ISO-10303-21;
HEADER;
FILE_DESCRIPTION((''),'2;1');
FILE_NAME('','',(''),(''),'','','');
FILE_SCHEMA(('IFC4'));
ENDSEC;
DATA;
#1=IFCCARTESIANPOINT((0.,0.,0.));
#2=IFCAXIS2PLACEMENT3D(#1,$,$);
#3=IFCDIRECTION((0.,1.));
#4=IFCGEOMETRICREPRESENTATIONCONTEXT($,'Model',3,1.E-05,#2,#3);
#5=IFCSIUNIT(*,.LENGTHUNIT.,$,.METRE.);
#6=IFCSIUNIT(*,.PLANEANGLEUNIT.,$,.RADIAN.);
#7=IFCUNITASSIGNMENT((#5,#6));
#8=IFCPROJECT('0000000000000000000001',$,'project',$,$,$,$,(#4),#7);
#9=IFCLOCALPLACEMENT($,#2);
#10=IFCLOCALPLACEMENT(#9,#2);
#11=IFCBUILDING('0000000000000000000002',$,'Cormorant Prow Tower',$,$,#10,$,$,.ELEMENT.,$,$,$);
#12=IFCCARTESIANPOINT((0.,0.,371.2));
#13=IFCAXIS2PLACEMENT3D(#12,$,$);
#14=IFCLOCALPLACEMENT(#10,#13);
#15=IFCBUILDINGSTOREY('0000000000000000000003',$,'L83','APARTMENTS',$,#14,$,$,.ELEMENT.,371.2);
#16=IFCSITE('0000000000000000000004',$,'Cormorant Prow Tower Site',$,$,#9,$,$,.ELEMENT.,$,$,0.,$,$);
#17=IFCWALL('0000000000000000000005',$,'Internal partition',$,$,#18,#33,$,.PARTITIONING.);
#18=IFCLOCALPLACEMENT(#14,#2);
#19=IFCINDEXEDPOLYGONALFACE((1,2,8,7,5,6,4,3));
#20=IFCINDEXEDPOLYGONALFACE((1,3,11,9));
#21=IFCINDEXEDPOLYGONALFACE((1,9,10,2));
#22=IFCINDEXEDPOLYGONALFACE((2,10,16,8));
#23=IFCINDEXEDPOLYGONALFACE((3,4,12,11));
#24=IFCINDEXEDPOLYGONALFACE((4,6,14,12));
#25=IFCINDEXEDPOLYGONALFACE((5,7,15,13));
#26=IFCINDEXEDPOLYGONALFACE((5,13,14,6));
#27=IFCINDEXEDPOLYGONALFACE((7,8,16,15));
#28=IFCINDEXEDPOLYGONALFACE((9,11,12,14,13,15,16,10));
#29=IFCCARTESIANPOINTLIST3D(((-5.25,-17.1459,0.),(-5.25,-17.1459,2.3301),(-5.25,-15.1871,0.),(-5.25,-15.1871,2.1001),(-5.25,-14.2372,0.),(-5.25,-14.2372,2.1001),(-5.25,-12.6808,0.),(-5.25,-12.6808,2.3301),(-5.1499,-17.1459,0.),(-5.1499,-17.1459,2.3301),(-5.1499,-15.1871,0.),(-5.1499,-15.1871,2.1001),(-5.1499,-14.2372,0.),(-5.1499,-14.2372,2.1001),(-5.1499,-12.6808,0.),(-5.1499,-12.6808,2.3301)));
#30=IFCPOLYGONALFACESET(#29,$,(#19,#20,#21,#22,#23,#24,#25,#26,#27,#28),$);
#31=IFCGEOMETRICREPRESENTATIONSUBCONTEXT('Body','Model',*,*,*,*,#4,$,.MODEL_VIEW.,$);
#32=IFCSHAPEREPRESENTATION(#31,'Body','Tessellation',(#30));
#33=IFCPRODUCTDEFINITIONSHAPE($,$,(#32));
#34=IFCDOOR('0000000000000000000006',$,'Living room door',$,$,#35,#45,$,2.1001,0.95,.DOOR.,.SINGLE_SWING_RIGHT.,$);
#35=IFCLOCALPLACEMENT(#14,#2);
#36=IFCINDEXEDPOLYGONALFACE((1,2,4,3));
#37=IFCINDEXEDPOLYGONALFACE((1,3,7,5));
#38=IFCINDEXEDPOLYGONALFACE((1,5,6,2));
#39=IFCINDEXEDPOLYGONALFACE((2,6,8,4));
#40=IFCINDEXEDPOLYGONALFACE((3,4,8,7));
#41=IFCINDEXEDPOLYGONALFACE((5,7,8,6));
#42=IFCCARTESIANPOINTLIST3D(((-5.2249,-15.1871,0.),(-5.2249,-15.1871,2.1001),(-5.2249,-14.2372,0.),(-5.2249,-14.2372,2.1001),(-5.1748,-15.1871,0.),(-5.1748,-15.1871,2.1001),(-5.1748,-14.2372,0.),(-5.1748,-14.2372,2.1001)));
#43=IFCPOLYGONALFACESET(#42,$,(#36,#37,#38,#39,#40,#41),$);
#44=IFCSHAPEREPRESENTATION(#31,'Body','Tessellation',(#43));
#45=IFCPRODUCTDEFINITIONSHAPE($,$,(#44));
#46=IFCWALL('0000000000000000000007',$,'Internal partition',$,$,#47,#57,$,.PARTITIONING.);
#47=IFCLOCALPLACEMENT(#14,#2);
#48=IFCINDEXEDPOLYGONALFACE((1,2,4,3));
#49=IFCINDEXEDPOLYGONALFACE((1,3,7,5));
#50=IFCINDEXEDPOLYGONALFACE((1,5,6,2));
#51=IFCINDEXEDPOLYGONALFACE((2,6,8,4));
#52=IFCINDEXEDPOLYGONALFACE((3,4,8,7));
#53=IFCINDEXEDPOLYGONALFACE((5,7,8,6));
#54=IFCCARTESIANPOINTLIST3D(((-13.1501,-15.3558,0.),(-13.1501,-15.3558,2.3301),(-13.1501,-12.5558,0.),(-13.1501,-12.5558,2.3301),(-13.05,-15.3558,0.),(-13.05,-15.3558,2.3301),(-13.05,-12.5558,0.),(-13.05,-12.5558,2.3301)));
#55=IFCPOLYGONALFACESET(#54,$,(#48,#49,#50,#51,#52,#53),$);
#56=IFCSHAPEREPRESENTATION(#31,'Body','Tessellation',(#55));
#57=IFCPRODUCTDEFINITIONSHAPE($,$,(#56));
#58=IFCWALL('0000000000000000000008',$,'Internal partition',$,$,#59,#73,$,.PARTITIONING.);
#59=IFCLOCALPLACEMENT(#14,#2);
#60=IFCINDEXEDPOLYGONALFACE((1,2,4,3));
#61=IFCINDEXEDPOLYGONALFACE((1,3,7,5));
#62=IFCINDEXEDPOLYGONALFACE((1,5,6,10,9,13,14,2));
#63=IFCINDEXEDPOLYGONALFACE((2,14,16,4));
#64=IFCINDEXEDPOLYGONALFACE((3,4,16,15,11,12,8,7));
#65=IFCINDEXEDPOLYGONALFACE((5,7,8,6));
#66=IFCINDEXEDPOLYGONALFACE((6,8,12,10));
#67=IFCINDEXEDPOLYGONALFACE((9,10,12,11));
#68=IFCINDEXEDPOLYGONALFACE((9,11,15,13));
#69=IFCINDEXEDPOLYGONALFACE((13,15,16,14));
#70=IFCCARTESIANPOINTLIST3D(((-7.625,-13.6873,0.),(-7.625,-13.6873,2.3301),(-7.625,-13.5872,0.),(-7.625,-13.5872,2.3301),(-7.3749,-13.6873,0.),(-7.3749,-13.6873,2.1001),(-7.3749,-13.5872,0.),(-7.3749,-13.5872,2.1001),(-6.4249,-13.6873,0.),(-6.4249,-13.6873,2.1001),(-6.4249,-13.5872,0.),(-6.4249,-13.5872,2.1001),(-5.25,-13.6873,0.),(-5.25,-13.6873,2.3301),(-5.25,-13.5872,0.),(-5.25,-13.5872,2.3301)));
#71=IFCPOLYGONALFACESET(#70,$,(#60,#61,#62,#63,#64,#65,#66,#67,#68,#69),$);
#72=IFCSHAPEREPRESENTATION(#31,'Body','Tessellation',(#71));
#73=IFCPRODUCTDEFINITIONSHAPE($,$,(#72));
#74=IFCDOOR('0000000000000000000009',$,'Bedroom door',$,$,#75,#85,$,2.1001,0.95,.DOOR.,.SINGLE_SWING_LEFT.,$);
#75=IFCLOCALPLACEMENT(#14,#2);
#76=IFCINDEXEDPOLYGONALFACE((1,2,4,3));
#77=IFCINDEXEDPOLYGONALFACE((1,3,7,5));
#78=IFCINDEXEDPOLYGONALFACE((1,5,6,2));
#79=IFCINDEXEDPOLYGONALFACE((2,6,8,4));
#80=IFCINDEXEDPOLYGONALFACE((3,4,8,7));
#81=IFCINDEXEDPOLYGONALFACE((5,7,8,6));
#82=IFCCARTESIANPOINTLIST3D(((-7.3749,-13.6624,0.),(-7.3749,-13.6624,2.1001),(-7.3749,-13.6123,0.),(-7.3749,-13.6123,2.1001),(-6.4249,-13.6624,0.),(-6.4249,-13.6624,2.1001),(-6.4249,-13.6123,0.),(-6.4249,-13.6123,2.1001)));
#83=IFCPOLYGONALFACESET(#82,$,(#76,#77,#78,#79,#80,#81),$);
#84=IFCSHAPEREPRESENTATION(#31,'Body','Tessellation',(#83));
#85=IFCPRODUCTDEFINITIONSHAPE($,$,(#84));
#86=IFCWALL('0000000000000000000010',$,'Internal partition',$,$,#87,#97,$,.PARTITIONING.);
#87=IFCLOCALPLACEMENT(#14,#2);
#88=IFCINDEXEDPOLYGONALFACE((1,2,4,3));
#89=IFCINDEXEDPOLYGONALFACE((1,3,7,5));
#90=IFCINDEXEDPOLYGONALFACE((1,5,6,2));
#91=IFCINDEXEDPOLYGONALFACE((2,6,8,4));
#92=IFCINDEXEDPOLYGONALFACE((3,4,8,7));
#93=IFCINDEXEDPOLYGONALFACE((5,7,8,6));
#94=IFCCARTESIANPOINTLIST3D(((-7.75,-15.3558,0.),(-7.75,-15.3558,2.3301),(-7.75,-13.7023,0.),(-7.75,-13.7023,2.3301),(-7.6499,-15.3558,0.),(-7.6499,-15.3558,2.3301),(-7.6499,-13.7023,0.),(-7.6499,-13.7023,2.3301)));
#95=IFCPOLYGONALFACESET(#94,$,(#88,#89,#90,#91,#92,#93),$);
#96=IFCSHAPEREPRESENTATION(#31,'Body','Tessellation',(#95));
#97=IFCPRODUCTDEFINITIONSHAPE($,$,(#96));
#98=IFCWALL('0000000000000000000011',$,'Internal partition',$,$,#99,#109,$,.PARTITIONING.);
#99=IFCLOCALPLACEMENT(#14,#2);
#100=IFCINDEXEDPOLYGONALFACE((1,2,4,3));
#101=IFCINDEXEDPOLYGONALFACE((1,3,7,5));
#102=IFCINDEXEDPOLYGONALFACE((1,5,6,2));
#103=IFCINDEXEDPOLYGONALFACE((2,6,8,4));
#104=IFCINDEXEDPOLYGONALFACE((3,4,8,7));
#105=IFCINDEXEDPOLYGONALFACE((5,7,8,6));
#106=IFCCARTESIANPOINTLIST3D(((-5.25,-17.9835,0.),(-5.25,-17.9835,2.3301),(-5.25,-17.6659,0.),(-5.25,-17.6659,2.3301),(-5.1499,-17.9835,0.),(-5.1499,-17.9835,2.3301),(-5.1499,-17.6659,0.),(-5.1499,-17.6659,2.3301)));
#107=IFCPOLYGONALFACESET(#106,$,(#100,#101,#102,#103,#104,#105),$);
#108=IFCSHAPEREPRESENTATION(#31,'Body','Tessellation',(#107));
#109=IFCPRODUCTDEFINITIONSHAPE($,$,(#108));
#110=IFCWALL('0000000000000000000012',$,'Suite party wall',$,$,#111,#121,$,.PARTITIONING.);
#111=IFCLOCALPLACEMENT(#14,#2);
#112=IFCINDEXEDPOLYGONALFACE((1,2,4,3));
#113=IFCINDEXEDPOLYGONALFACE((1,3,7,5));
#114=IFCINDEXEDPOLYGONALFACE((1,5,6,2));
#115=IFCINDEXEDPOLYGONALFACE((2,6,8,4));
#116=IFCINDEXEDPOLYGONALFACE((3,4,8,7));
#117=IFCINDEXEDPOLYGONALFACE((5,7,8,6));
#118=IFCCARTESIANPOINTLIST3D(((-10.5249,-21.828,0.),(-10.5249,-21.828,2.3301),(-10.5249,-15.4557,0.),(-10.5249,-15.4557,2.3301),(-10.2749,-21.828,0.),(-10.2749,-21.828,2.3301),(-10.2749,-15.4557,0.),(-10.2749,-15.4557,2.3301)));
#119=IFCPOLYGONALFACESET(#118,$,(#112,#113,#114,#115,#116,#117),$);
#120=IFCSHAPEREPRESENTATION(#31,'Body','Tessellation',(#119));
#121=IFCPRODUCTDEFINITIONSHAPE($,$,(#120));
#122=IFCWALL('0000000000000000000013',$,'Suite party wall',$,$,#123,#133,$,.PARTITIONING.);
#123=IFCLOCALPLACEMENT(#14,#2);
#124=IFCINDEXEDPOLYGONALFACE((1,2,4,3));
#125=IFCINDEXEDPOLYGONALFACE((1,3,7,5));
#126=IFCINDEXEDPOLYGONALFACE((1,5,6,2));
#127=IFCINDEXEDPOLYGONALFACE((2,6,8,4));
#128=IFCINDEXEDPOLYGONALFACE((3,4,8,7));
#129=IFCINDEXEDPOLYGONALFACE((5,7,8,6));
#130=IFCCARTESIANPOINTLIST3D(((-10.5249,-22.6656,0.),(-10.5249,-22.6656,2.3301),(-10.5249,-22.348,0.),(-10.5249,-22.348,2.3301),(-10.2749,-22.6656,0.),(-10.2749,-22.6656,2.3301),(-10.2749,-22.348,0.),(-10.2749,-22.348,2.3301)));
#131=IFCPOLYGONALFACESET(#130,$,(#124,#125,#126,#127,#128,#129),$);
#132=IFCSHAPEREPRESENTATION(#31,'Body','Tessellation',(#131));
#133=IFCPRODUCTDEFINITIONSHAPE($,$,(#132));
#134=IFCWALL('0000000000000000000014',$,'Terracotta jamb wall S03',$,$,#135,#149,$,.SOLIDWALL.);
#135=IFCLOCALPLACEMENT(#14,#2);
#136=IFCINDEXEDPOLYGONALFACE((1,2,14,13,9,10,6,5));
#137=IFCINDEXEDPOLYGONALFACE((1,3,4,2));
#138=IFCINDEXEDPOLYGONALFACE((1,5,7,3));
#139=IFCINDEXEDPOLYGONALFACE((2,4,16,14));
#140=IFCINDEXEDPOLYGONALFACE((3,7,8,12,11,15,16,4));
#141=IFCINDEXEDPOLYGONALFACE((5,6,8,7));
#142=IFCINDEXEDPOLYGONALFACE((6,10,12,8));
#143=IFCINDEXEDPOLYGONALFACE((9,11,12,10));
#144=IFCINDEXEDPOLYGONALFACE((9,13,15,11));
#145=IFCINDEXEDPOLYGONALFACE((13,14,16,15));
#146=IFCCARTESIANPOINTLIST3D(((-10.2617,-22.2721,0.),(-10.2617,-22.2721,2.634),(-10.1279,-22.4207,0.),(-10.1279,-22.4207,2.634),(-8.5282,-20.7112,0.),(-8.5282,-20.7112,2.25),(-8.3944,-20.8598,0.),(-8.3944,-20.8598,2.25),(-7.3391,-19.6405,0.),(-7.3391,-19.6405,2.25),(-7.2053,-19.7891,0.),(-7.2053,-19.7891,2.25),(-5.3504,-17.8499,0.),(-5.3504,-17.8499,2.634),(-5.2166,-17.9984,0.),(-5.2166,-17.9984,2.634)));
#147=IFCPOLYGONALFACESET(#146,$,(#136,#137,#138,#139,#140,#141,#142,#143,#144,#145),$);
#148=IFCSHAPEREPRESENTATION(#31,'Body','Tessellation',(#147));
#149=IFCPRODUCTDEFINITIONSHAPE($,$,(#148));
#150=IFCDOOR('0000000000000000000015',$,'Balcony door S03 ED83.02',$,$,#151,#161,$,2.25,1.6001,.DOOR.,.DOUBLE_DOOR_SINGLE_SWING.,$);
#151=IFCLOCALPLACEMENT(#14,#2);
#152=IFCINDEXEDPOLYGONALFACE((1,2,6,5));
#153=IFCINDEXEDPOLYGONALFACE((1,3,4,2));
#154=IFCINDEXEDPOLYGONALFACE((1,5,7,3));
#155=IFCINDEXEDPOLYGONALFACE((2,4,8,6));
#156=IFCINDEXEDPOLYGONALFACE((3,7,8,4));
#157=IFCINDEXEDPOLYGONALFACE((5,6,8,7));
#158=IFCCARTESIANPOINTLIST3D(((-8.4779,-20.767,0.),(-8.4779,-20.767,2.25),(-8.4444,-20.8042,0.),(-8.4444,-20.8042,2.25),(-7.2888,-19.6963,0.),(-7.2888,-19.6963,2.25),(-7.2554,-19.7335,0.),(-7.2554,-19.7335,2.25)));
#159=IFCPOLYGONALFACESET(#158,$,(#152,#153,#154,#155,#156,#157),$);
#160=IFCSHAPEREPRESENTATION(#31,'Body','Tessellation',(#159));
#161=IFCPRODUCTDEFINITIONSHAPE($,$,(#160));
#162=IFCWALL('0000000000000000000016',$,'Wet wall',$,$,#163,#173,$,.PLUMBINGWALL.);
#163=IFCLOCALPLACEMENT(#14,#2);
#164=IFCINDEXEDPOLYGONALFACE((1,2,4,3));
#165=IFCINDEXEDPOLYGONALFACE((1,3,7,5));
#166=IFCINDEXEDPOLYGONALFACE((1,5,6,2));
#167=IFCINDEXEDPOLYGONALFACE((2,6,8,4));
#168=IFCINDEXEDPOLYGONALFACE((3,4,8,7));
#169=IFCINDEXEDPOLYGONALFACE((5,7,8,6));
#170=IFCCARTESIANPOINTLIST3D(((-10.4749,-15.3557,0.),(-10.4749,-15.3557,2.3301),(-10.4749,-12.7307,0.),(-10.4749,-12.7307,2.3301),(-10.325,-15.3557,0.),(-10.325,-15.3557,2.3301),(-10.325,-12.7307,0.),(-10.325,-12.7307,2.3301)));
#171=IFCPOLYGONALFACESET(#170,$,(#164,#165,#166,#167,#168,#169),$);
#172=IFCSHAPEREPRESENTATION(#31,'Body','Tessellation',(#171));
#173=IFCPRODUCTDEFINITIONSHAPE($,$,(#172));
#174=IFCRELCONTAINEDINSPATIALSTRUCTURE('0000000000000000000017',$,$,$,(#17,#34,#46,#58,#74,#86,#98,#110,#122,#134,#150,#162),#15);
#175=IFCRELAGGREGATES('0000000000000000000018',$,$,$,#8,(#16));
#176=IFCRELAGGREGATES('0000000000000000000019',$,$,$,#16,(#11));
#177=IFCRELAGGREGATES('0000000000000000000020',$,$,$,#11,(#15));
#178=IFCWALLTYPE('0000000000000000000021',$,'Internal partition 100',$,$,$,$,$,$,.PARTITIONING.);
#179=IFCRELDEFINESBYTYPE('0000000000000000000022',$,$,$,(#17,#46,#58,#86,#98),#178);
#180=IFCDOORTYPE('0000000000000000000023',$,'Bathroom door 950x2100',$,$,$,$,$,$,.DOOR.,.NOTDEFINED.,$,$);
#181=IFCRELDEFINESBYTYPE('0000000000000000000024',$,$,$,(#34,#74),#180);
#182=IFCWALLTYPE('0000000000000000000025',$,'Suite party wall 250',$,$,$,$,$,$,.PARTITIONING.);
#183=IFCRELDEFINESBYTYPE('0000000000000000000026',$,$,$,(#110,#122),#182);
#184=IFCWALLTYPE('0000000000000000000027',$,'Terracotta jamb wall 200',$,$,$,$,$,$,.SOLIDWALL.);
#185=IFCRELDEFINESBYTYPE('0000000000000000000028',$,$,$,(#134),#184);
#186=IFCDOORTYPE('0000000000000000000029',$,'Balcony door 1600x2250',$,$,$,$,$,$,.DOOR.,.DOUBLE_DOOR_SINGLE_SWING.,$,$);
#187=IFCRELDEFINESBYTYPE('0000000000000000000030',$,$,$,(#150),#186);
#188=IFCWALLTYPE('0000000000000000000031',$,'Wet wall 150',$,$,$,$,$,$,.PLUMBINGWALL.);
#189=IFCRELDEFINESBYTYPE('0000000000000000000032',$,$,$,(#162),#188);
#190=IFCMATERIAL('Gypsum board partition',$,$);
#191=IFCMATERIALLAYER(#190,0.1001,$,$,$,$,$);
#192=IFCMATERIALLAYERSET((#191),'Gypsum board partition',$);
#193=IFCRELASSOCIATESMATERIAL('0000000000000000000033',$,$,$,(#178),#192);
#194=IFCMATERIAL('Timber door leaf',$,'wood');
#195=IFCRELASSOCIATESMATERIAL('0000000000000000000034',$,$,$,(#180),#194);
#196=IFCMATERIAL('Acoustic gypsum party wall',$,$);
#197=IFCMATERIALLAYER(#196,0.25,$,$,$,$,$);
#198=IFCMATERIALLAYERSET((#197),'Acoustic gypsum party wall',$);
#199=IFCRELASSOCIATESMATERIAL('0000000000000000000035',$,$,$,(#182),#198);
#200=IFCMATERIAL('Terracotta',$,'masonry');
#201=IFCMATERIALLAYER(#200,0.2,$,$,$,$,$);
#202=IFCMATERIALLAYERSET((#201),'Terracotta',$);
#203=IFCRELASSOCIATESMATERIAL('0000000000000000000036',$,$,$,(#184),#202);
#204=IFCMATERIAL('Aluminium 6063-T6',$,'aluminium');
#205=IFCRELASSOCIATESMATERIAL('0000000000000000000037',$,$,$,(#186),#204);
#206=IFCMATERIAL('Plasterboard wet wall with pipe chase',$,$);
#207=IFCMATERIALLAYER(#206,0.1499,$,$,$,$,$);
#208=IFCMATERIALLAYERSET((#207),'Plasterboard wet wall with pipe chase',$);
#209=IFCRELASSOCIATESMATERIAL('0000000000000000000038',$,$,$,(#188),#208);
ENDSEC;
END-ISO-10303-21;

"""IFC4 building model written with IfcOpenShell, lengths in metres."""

from ifc_helpers import new_model, si_unit, direction, frame, frame_2d, origin, place, context, subcontext, project, spatial, rectangle, extrude, material, layer, layer_set, type_object, element, fill, save


model = new_model("IFC4")

# Units and contexts
model_context = context("Model", 3, precision=1e-05, world=origin(), true_north=direction((0.0, 1.0)))
body_context = subcontext(model_context, "Body", "Model", "MODEL_VIEW")
ifc_project = project(units=[si_unit("LENGTHUNIT", "METRE"), si_unit("PLANEANGLEUNIT", "RADIAN")], contexts=[model_context])

# Site, building, storey
site_placement = place(None, origin())
site = spatial("IfcSite", under=ifc_project, at=site_placement, Name="Cormorant Prow Tower Site", CompositionType="ELEMENT", RefElevation=0.0)
building_placement = place(site_placement, origin())
building = spatial("IfcBuilding", under=site, at=building_placement, Name="Cormorant Prow Tower", CompositionType="ELEMENT")
storey_placement = place(building_placement, frame((0.0, 0.0, 371.2)))
storey = spatial("IfcBuildingStorey", under=building, at=storey_placement, Name="L83", Description="APARTMENTS", CompositionType="ELEMENT", Elevation=371.2)

# Wall, opening, door
ifc_material_1 = material(Name="Gypsum board partition")
ifc_layer_1 = layer(ifc_material_1, 0.1001)
ifc_layer_set_1 = layer_set([ifc_layer_1], Name="Gypsum board partition")
wall_type_1 = type_object("IfcWallType", Name="Internal partition 100", PredefinedType="PARTITIONING", material=ifc_layer_set_1)
ifc_material_2 = material(Name="Timber door leaf", Category="wood")
door_type_1 = type_object("IfcDoorType", Name="Bathroom door 950x2100", OperationType="NOTDEFINED", PredefinedType="DOOR", material=ifc_material_2)
wall_1_placement = place(storey_placement, frame((-5.2, -17.1458, 0.0), z_axis=(0.0, 0.0, 1.0), x_axis=(0.0, 1.0, 0.0)))
wall_1 = element("IfcWall", 1, at=wall_1_placement, inside=storey, type_object=wall_type_1, Name="Internal partition", PredefinedType="PARTITIONING", context=body_context, shape_type="SweptSolid", body=[
    extrude(rectangle(XDim=4.4651, YDim=0.1001, at=frame_2d((2.2324, 0.0))), origin(), (0.0, 0.0, 1.0), 2.3301),
])
opening_1_placement = place(wall_1_placement, frame((1.9585, 0.0, 0.0)))
opening_1 = element("IfcOpeningElement", 2, at=opening_1_placement, cuts=wall_1, PredefinedType="OPENING", context=body_context, shape_type="SweptSolid", body=[
    extrude(rectangle(XDim=0.95, YDim=2.1001, at=frame_2d((0.4751, 1.05))), frame((0.0, 0.0601, 0.0), z_axis=(0.0, -1.0, 0.0), x_axis=(1.0, 0.0, 0.0)), (0.0, 0.0, 1.0), 0.1201),
])
door_1_placement = place(opening_1_placement, origin())
door_1 = element("IfcDoor", 3, at=door_1_placement, inside=storey, type_object=door_type_1, Name="Living room door", OperationType="SINGLE_SWING_RIGHT", OverallHeight=2.1001, OverallWidth=0.95, PredefinedType="DOOR", context=body_context, shape_type="SweptSolid", body=[
    extrude(rectangle(XDim=0.95, YDim=2.1001, at=frame_2d((0.4751, 1.05))), frame((0.0, 0.0249, 0.0), z_axis=(0.0, -1.0, 0.0), x_axis=(1.0, 0.0, 0.0)), (0.0, 0.0, 1.0), 0.05),
])
fill(opening_1, door_1)

# Wall
wall_2_placement = place(storey_placement, frame((-13.1001, -15.3557, 0.0), z_axis=(0.0, 0.0, 1.0), x_axis=(0.0, 1.0, 0.0)))
element("IfcWall", 4, at=wall_2_placement, inside=storey, type_object=wall_type_1, Name="Internal partition", PredefinedType="PARTITIONING", context=body_context, shape_type="SweptSolid", body=[
    extrude(rectangle(XDim=2.8, YDim=0.1001, at=frame_2d((1.3999, 0.0))), origin(), (0.0, 0.0, 1.0), 2.3301),
])

# Wall, opening, door
wall_3_placement = place(storey_placement, frame((-7.625, -13.6372, 0.0), z_axis=(0.0, 0.0, 1.0), x_axis=(1.0, 0.0, 0.0)))
wall_3 = element("IfcWall", 5, at=wall_3_placement, inside=storey, type_object=wall_type_1, Name="Internal partition", PredefinedType="PARTITIONING", context=body_context, shape_type="SweptSolid", body=[
    extrude(rectangle(XDim=2.375, YDim=0.1001, at=frame_2d((1.1875, 0.0))), origin(), (0.0, 0.0, 1.0), 2.3301),
])
opening_2_placement = place(wall_3_placement, frame((0.25, 0.0, 0.0)))
opening_2 = element("IfcOpeningElement", 6, at=opening_2_placement, cuts=wall_3, PredefinedType="OPENING", context=body_context, shape_type="SweptSolid", body=[
    extrude(rectangle(XDim=0.95, YDim=2.1001, at=frame_2d((0.4751, 1.05))), frame((0.0, 0.0601, 0.0), z_axis=(0.0, -1.0, 0.0), x_axis=(1.0, 0.0, 0.0)), (0.0, 0.0, 1.0), 0.1201),
])
door_2_placement = place(opening_2_placement, origin())
door_2 = element("IfcDoor", 7, at=door_2_placement, inside=storey, type_object=door_type_1, Name="Bedroom door", OperationType="SINGLE_SWING_LEFT", OverallHeight=2.1001, OverallWidth=0.95, PredefinedType="DOOR", context=body_context, shape_type="SweptSolid", body=[
    extrude(rectangle(XDim=0.95, YDim=2.1001, at=frame_2d((0.4751, 1.05))), frame((0.0, 0.0249, 0.0), z_axis=(0.0, -1.0, 0.0), x_axis=(1.0, 0.0, 0.0)), (0.0, 0.0, 1.0), 0.05),
])
fill(opening_2, door_2)

# Walls
wall_4_placement = place(storey_placement, frame((-7.7, -15.3557, 0.0), z_axis=(0.0, 0.0, 1.0), x_axis=(0.0, 1.0, 0.0)))
element("IfcWall", 8, at=wall_4_placement, inside=storey, type_object=wall_type_1, Name="Internal partition", PredefinedType="PARTITIONING", context=body_context, shape_type="SweptSolid", body=[
    extrude(rectangle(XDim=1.6536, YDim=0.1001, at=frame_2d((0.8267, 0.0))), origin(), (0.0, 0.0, 1.0), 2.3301),
])
wall_5_placement = place(storey_placement, frame((-5.2, -17.9834, 0.0), z_axis=(0.0, 0.0, 1.0), x_axis=(0.0, 1.0, 0.0)))
element("IfcWall", 9, at=wall_5_placement, inside=storey, type_object=wall_type_1, Name="Internal partition", PredefinedType="PARTITIONING", context=body_context, shape_type="SweptSolid", body=[
    extrude(rectangle(XDim=0.3176, YDim=0.1001, at=frame_2d((0.1587, 0.0))), origin(), (0.0, 0.0, 1.0), 2.3301),
])
ifc_material_3 = material(Name="Acoustic gypsum party wall")
ifc_layer_2 = layer(ifc_material_3, 0.25)
ifc_layer_set_2 = layer_set([ifc_layer_2], Name="Acoustic gypsum party wall")
wall_type_2 = type_object("IfcWallType", Name="Suite party wall 250", PredefinedType="PARTITIONING", material=ifc_layer_set_2)
wall_6_placement = place(storey_placement, frame((-10.3999, -21.8279, 0.0), z_axis=(0.0, 0.0, 1.0), x_axis=(0.0, 1.0, 0.0)))
element("IfcWall", 10, at=wall_6_placement, inside=storey, type_object=wall_type_2, Name="Suite party wall", PredefinedType="PARTITIONING", context=body_context, shape_type="SweptSolid", body=[
    extrude(rectangle(XDim=6.3723, YDim=0.25, at=frame_2d((3.186, 0.0))), origin(), (0.0, 0.0, 1.0), 2.3301),
])
wall_7_placement = place(storey_placement, frame((-10.3999, -22.6655, 0.0), z_axis=(0.0, 0.0, 1.0), x_axis=(0.0, 1.0, 0.0)))
element("IfcWall", 11, at=wall_7_placement, inside=storey, type_object=wall_type_2, Name="Suite party wall", PredefinedType="PARTITIONING", context=body_context, shape_type="SweptSolid", body=[
    extrude(rectangle(XDim=0.3176, YDim=0.25, at=frame_2d((0.1587, 0.0))), origin(), (0.0, 0.0, 1.0), 2.3301),
])

# Wall, opening, door
ifc_material_4 = material(Name="Terracotta", Category="masonry")
ifc_layer_3 = layer(ifc_material_4, 0.2)
ifc_layer_set_3 = layer_set([ifc_layer_3], Name="Terracotta")
wall_type_3 = type_object("IfcWallType", Name="Terracotta jamb wall 200", PredefinedType="SOLIDWALL", material=ifc_layer_set_3)
wall_8_placement = place(storey_placement, frame((-10.1948, -22.3464, 0.0), z_axis=(0.0, 0.0, 1.0), x_axis=(0.743134, 0.669142, 0.0)))
wall_8 = element("IfcWall", 12, at=wall_8_placement, inside=storey, type_object=wall_type_3, Name="Terracotta jamb wall S03", PredefinedType="SOLIDWALL", context=body_context, shape_type="SweptSolid", body=[
    extrude(rectangle(XDim=6.6089, YDim=0.2, at=frame_2d((3.3044, 0.0))), origin(), (0.0, 0.0, 1.0), 2.634),
])
opening_3_placement = place(wall_8_placement, frame((2.3328, 0.0, 0.0)))
opening_3 = element("IfcOpeningElement", 13, at=opening_3_placement, cuts=wall_8, PredefinedType="OPENING", context=body_context, shape_type="SweptSolid", body=[
    extrude(rectangle(XDim=1.6001, YDim=2.25, at=frame_2d((0.8, 1.125))), frame((0.0, 0.1099, 0.0), z_axis=(0.0, -1.0, 0.0), x_axis=(1.0, 0.0, 0.0)), (0.0, 0.0, 1.0), 0.22),
])
ifc_material_5 = material(Name="Aluminium 6063-T6", Category="aluminium")
door_type_2 = type_object("IfcDoorType", Name="Balcony door 1600x2250", OperationType="DOUBLE_DOOR_SINGLE_SWING", PredefinedType="DOOR", material=ifc_material_5)
door_3_placement = place(opening_3_placement, origin())
door_3 = element("IfcDoor", 14, at=door_3_placement, inside=storey, type_object=door_type_2, Name="Balcony door S03 ED83.02", OperationType="DOUBLE_DOOR_SINGLE_SWING", OverallHeight=2.25, OverallWidth=1.6001, PredefinedType="DOOR", context=body_context, shape_type="SweptSolid", body=[
    extrude(rectangle(XDim=1.6001, YDim=2.25, at=frame_2d((0.8, 1.125))), frame((0.0, 0.0249, 0.0), z_axis=(0.0, -1.0, 0.0), x_axis=(1.0, 0.0, 0.0)), (0.0, 0.0, 1.0), 0.05),
])
fill(opening_3, door_3)

# Wall
ifc_material_6 = material(Name="Plasterboard wet wall with pipe chase")
ifc_layer_4 = layer(ifc_material_6, 0.1499)
ifc_layer_set_4 = layer_set([ifc_layer_4], Name="Plasterboard wet wall with pipe chase")
wall_type_4 = type_object("IfcWallType", Name="Wet wall 150", PredefinedType="PLUMBINGWALL", material=ifc_layer_set_4)
wall_9_placement = place(storey_placement, frame((-10.3999, -15.3557, 0.0), z_axis=(0.0, 0.0, 1.0), x_axis=(0.0, 1.0, 0.0)))
element("IfcWall", 15, at=wall_9_placement, inside=storey, type_object=wall_type_4, Name="Wet wall", PredefinedType="PLUMBINGWALL", context=body_context, shape_type="SweptSolid", body=[
    extrude(rectangle(XDim=2.625, YDim=0.1499, at=frame_2d((1.3125, 0.0))), origin(), (0.0, 0.0, 1.0), 2.3301),
])

save(model, "model.ifc")
